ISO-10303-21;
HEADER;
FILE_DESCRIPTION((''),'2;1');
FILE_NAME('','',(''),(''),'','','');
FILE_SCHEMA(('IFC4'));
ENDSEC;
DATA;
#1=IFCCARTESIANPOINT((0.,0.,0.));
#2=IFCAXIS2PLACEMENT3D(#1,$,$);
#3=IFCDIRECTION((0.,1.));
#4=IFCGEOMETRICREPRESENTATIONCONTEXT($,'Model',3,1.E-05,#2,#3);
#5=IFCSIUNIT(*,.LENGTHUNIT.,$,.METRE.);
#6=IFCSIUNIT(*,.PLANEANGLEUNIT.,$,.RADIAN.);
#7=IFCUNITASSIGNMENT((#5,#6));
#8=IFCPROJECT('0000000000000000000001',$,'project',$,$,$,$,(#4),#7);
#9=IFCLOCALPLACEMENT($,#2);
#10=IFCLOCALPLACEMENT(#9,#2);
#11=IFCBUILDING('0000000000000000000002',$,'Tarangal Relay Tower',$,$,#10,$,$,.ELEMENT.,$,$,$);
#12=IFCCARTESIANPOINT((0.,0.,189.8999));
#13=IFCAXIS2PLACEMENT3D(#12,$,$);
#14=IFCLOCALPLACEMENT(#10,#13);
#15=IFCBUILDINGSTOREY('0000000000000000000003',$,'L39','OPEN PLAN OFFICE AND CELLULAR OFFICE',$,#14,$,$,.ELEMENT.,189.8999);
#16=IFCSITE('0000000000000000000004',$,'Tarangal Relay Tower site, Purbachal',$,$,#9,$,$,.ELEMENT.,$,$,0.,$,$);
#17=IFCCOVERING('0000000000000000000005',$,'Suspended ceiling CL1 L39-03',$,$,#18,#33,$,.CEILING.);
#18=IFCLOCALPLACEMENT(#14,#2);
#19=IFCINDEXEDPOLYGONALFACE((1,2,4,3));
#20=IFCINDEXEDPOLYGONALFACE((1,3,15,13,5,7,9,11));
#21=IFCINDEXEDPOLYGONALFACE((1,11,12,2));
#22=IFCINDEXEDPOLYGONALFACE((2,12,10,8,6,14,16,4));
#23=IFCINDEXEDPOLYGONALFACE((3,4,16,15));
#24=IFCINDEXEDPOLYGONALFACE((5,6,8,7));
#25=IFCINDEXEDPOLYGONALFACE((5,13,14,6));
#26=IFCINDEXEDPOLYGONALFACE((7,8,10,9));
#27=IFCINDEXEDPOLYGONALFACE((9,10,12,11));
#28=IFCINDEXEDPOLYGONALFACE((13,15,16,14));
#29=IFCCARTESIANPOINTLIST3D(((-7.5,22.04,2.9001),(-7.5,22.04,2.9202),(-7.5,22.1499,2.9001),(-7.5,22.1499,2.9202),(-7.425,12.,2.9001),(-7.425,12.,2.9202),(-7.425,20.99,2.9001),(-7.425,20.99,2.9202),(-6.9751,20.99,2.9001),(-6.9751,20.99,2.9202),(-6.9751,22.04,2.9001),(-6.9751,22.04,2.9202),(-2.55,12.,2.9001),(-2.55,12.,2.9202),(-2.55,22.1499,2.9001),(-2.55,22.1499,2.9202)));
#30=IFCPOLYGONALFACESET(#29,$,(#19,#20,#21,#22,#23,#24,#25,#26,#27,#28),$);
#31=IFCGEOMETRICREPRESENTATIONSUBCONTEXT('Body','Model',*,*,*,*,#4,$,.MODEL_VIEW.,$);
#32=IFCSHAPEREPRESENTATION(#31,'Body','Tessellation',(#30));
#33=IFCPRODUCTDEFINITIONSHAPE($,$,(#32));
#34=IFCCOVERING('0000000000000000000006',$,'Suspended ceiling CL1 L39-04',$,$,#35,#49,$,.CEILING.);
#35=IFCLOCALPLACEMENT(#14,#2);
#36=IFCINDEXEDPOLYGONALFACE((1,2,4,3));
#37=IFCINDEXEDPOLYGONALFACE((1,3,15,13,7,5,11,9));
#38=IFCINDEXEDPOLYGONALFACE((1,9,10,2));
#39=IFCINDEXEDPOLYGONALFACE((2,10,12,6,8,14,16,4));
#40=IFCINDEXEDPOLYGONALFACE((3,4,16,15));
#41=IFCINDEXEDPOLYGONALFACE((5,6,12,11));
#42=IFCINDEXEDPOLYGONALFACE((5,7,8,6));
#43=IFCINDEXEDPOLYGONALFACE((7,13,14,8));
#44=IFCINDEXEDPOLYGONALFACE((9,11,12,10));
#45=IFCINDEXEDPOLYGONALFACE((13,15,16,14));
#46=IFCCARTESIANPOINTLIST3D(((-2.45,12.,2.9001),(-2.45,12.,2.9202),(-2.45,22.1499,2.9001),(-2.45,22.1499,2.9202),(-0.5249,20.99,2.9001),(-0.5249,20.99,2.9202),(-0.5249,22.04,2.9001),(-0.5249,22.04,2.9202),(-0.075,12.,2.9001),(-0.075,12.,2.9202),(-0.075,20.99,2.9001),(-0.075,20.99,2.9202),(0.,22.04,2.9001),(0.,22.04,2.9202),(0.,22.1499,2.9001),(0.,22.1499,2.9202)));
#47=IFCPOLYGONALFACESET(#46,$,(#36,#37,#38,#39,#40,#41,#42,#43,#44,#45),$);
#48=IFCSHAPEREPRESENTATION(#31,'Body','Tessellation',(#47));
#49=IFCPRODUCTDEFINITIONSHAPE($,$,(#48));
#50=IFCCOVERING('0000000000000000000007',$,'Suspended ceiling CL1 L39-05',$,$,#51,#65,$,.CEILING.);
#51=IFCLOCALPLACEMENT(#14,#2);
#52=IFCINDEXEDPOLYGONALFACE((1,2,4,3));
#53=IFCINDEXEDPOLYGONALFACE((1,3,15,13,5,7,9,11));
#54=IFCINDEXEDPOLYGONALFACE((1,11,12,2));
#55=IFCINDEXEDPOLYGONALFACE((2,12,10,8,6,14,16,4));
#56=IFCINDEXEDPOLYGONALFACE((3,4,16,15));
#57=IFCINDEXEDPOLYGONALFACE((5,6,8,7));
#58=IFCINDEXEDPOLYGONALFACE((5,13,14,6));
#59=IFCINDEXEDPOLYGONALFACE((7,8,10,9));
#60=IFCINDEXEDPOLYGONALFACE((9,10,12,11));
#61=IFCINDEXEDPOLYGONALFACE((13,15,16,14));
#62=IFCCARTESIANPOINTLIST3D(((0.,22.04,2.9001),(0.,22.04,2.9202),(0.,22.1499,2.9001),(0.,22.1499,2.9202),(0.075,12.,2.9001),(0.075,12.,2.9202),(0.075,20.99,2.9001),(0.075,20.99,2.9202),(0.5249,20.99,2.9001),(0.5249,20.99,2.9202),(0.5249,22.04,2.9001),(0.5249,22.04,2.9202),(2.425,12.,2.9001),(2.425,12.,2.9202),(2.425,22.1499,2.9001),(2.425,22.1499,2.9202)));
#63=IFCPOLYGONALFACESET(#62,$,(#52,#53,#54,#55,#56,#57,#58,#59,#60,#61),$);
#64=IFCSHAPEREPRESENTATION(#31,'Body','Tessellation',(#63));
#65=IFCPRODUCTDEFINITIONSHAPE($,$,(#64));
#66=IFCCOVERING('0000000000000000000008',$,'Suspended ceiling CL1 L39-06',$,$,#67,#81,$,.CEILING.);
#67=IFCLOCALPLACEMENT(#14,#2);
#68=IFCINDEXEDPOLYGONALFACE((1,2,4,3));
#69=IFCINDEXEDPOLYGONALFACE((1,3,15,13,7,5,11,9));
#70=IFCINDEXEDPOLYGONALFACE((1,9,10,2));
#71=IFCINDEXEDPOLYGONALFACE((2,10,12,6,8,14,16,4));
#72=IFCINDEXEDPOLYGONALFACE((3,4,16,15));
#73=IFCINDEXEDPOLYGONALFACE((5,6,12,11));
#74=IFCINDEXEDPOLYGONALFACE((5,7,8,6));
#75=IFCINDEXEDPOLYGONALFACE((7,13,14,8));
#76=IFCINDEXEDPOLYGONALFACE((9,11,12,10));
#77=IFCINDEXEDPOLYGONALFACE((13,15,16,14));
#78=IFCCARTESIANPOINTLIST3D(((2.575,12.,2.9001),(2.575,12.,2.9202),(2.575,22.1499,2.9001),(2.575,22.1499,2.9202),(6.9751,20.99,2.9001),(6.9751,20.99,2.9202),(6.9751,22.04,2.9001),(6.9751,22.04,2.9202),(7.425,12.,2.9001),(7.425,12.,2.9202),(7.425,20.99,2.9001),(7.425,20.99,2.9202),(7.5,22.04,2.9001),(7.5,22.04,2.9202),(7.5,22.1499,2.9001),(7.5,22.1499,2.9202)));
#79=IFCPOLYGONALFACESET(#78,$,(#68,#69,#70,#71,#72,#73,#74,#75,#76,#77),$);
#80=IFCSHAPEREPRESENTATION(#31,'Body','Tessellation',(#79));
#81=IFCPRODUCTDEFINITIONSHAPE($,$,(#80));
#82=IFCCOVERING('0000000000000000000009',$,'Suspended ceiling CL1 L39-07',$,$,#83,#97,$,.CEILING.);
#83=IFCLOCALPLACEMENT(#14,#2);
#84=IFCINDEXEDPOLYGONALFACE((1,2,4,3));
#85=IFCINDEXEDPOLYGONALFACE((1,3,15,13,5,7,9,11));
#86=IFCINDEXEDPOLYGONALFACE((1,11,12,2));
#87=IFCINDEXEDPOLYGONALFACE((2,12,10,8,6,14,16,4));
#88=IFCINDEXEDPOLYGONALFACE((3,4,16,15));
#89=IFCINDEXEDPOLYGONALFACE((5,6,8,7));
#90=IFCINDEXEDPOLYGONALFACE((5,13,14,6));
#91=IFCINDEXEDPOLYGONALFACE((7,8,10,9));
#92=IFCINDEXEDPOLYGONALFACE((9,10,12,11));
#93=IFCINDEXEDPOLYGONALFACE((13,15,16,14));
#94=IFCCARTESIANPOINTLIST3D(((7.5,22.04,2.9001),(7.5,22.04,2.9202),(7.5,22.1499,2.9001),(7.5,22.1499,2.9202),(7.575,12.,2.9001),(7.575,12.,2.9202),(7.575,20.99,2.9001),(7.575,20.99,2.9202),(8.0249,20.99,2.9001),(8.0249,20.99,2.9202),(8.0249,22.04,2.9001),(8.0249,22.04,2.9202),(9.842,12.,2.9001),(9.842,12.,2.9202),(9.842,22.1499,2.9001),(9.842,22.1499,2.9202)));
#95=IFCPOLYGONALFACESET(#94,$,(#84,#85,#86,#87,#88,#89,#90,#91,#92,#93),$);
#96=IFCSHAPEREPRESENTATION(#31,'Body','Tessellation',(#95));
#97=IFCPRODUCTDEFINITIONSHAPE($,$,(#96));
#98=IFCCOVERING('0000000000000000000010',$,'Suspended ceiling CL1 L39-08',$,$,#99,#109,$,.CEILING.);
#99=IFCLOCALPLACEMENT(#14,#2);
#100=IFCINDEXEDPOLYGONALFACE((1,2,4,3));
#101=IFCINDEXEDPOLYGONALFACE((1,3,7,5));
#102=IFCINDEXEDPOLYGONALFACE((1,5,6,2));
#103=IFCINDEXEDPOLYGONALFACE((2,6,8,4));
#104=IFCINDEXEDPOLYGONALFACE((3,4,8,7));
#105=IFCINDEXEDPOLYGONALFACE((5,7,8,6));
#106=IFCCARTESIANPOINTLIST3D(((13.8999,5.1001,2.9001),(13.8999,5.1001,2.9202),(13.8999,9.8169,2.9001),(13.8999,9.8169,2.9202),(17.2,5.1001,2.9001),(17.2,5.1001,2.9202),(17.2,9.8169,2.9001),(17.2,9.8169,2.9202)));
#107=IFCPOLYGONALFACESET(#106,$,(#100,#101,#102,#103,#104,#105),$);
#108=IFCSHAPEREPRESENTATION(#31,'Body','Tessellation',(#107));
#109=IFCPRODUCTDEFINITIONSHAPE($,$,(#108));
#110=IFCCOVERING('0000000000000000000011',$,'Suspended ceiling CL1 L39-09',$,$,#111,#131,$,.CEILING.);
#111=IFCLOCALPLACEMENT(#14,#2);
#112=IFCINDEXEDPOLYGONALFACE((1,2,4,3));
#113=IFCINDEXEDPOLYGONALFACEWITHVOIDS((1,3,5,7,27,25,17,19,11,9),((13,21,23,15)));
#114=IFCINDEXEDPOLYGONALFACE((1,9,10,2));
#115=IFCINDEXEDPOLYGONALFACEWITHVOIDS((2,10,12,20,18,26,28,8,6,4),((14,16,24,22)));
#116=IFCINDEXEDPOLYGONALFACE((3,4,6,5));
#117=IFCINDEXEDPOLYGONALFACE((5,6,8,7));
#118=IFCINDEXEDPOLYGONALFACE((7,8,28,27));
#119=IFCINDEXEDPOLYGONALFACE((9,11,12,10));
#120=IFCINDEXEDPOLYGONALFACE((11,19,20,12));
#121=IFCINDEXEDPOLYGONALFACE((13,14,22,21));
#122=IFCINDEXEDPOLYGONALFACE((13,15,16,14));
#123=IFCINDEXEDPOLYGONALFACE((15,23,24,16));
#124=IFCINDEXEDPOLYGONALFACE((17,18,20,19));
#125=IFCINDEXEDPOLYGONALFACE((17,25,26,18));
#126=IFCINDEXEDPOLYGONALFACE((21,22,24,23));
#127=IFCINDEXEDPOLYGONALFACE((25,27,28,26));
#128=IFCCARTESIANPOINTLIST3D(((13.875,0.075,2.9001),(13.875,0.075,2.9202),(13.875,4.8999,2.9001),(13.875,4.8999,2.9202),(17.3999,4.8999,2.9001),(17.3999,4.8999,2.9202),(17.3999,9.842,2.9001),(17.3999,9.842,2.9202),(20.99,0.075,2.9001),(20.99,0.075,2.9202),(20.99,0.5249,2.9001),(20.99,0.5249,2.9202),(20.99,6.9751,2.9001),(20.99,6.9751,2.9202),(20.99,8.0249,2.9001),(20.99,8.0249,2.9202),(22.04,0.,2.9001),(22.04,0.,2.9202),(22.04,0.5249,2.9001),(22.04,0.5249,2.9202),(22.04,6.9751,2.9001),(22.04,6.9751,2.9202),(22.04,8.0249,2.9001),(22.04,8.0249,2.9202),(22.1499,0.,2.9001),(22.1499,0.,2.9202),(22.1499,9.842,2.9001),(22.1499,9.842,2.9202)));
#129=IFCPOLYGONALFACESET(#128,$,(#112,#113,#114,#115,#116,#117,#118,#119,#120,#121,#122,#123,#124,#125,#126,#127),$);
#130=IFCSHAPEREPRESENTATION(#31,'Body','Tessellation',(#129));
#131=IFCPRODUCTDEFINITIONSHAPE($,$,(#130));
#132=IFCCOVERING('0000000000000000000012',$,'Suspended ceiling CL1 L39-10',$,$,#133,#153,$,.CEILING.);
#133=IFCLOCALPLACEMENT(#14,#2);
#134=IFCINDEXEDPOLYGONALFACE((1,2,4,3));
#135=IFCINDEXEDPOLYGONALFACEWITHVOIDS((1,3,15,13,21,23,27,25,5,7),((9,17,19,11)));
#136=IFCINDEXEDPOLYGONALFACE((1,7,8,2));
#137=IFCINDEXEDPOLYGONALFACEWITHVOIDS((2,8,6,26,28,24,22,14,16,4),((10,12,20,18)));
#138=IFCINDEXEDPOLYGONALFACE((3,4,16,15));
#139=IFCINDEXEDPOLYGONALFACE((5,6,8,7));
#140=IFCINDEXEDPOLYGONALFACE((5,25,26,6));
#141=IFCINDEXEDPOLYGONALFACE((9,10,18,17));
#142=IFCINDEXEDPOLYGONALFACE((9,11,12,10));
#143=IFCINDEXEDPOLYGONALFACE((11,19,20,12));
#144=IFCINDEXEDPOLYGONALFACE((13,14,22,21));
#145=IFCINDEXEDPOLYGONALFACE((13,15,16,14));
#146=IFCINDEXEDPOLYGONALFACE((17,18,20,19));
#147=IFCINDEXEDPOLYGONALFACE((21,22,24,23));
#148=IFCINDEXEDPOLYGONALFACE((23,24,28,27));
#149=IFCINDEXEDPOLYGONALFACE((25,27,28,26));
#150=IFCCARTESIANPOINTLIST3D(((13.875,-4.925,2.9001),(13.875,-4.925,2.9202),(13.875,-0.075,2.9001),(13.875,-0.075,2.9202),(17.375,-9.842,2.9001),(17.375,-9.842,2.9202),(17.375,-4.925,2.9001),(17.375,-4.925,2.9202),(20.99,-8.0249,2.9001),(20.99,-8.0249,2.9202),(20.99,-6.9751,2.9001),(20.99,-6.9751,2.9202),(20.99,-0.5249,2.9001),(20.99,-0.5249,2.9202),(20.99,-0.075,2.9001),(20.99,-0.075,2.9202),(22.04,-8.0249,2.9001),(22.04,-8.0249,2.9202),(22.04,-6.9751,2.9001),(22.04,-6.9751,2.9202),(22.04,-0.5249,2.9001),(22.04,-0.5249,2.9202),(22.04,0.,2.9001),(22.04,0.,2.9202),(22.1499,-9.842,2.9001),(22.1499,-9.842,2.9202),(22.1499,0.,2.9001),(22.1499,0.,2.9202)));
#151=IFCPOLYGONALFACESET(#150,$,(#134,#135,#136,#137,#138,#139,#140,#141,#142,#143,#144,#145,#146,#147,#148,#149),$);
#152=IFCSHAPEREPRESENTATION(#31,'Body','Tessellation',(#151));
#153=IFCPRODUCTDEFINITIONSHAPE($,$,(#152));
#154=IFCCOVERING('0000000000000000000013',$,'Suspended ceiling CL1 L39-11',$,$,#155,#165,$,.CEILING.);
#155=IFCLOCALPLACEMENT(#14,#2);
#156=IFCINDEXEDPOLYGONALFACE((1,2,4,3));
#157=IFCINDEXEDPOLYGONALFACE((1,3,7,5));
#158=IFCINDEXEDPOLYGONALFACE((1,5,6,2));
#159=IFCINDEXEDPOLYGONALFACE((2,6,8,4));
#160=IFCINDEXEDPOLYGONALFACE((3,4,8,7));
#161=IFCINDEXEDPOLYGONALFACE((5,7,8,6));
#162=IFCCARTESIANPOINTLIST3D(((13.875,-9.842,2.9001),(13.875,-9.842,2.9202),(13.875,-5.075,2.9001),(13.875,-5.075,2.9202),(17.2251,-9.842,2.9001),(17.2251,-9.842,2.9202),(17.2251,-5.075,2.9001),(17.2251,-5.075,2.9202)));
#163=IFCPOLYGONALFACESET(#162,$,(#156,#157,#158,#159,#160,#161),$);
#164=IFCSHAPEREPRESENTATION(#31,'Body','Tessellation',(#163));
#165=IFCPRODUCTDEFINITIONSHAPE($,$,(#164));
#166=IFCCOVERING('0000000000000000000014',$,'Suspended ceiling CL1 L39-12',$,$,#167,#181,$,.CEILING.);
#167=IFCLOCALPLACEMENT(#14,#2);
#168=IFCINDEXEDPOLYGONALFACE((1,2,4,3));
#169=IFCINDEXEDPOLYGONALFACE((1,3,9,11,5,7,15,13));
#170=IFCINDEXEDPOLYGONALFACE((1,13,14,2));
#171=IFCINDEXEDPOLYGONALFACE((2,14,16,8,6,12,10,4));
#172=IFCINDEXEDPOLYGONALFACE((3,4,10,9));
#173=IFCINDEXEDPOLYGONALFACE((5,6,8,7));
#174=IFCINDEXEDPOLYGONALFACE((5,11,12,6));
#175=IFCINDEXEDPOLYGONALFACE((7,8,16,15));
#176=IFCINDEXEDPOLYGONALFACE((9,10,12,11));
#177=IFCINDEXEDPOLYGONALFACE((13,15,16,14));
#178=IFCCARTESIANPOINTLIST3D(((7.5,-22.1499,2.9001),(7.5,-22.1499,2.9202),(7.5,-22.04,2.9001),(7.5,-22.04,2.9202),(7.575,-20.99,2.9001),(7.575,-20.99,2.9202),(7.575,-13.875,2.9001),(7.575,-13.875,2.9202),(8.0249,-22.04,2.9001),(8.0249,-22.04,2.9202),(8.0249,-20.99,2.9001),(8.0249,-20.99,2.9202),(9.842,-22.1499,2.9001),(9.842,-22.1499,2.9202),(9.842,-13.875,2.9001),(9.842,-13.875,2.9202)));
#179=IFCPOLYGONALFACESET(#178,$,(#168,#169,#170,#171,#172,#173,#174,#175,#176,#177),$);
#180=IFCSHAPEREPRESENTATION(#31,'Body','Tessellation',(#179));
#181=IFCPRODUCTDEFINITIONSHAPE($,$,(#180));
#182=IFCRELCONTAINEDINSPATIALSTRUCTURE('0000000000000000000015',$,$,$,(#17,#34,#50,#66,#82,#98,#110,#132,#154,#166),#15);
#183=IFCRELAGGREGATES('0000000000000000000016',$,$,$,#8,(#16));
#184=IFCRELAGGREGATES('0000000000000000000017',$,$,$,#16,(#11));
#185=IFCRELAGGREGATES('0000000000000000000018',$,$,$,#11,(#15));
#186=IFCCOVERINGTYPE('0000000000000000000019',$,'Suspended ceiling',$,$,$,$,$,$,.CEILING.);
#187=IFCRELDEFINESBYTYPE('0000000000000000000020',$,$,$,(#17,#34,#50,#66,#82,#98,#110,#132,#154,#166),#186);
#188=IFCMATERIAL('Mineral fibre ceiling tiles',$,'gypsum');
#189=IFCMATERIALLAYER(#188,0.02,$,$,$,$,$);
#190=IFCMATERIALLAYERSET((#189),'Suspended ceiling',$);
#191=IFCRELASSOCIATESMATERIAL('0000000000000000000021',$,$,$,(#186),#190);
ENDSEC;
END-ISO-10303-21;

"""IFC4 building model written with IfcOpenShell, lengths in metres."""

from ifc_helpers import new_model, si_unit, direction, frame, origin, place, context, subcontext, project, spatial, polyline, outline, extrude, material, layer, layer_set, type_object, element, save


model = new_model("IFC4")

# Units and contexts
model_context = context("Model", 3, precision=1e-05, world=origin(), true_north=direction((0.0, 1.0)))
body_context = subcontext(model_context, "Body", "Model", "MODEL_VIEW")
ifc_project = project(units=[si_unit("LENGTHUNIT", "METRE"), si_unit("PLANEANGLEUNIT", "RADIAN")], contexts=[model_context])

# Site, building, storey
site_placement = place(None, origin())
site = spatial("IfcSite", under=ifc_project, at=site_placement, Name="Tarangal Relay Tower site, Purbachal", CompositionType="ELEMENT", RefElevation=0.0)
building_placement = place(site_placement, origin())
building = spatial("IfcBuilding", under=site, at=building_placement, Name="Tarangal Relay Tower", CompositionType="ELEMENT")
storey_placement = place(building_placement, frame((0.0, 0.0, 189.8999)))
storey = spatial("IfcBuildingStorey", under=building, at=storey_placement, Name="L39", Description="OPEN PLAN OFFICE AND CELLULAR OFFICE", CompositionType="ELEMENT", Elevation=189.8999)

# Coverings
ifc_material_1 = material(Name="Mineral fibre ceiling tiles", Category="gypsum")
ifc_layer_1 = layer(ifc_material_1, 0.02)
ifc_layer_set_1 = layer_set([ifc_layer_1], Name="Suspended ceiling")
covering_type_1 = type_object("IfcCoveringType", Name="Suspended ceiling", PredefinedType="CEILING", material=ifc_layer_set_1)
covering_1_placement = place(storey_placement, frame((0.0, 0.0, 2.9001)))
element("IfcCovering", 1, at=covering_1_placement, inside=storey, type_object=covering_type_1, Name="Suspended ceiling CL1 L39-03", PredefinedType="CEILING", context=body_context, shape_type="SweptSolid", body=[
    extrude(outline(polyline([(-7.425, 12.0), (-2.55, 12.0), (-2.55, 22.1499), (-7.5, 22.1499), (-7.5, 22.04), (-6.9751, 22.04), (-6.9751, 20.99), (-7.425, 20.99), (-7.425, 12.0)])), origin(), (0.0, 0.0, 1.0), 0.02),
])
covering_2_placement = place(storey_placement, frame((0.0, 0.0, 2.9001)))
element("IfcCovering", 2, at=covering_2_placement, inside=storey, type_object=covering_type_1, Name="Suspended ceiling CL1 L39-04", PredefinedType="CEILING", context=body_context, shape_type="SweptSolid", body=[
    extrude(outline(polyline([(-0.075, 20.99), (-0.5249, 20.99), (-0.5249, 22.04), (0.0, 22.04), (0.0, 22.1499), (-2.45, 22.1499), (-2.45, 12.0), (-0.075, 12.0), (-0.075, 20.99)])), origin(), (0.0, 0.0, 1.0), 0.02),
])
covering_3_placement = place(storey_placement, frame((0.0, 0.0, 2.9001)))
element("IfcCovering", 3, at=covering_3_placement, inside=storey, type_object=covering_type_1, Name="Suspended ceiling CL1 L39-05", PredefinedType="CEILING", context=body_context, shape_type="SweptSolid", body=[
    extrude(outline(polyline([(0.075, 12.0), (2.425, 12.0), (2.425, 22.1499), (0.0, 22.1499), (0.0, 22.04), (0.5249, 22.04), (0.5249, 20.99), (0.075, 20.99), (0.075, 12.0)])), origin(), (0.0, 0.0, 1.0), 0.02),
])
covering_4_placement = place(storey_placement, frame((0.0, 0.0, 2.9001)))
element("IfcCovering", 4, at=covering_4_placement, inside=storey, type_object=covering_type_1, Name="Suspended ceiling CL1 L39-06", PredefinedType="CEILING", context=body_context, shape_type="SweptSolid", body=[
    extrude(outline(polyline([(7.425, 20.99), (6.9751, 20.99), (6.9751, 22.04), (7.5, 22.04), (7.5, 22.1499), (2.575, 22.1499), (2.575, 12.0), (7.425, 12.0), (7.425, 20.99)])), origin(), (0.0, 0.0, 1.0), 0.02),
])
covering_5_placement = place(storey_placement, frame((0.0, 0.0, 2.9001)))
element("IfcCovering", 5, at=covering_5_placement, inside=storey, type_object=covering_type_1, Name="Suspended ceiling CL1 L39-07", PredefinedType="CEILING", context=body_context, shape_type="SweptSolid", body=[
    extrude(outline(polyline([(7.575, 12.0), (9.842, 12.0), (9.842, 22.1499), (7.5, 22.1499), (7.5, 22.04), (8.0249, 22.04), (8.0249, 20.99), (7.575, 20.99), (7.575, 12.0)])), origin(), (0.0, 0.0, 1.0), 0.02),
])
covering_6_placement = place(storey_placement, frame((0.0, 0.0, 2.9001)))
element("IfcCovering", 6, at=covering_6_placement, inside=storey, type_object=covering_type_1, Name="Suspended ceiling CL1 L39-08", PredefinedType="CEILING", context=body_context, shape_type="SweptSolid", body=[
    extrude(outline(polyline([(17.2, 9.8169), (13.8999, 9.8169), (13.8999, 5.1001), (17.2, 5.1001), (17.2, 9.8169)])), origin(), (0.0, 0.0, 1.0), 0.02),
])
covering_7_placement = place(storey_placement, frame((0.0, 0.0, 2.9001)))
element("IfcCovering", 7, at=covering_7_placement, inside=storey, type_object=covering_type_1, Name="Suspended ceiling CL1 L39-09", PredefinedType="CEILING", context=body_context, shape_type="SweptSolid", body=[
    extrude(outline(polyline([(22.1499, 0.0), (22.1499, 9.842), (17.3999, 9.842), (17.3999, 4.8999), (13.875, 4.8999), (13.875, 0.075), (20.99, 0.075), (20.99, 0.5249), (22.04, 0.5249), (22.04, 0.0), (22.1499, 0.0)]), holes=[polyline([(22.04, 6.9751), (22.04, 8.0249), (20.99, 8.0249), (20.99, 6.9751), (22.04, 6.9751)])]), origin(), (0.0, 0.0, 1.0), 0.02),
])
covering_8_placement = place(storey_placement, frame((0.0, 0.0, 2.9001)))
element("IfcCovering", 8, at=covering_8_placement, inside=storey, type_object=covering_type_1, Name="Suspended ceiling CL1 L39-10", PredefinedType="CEILING", context=body_context, shape_type="SweptSolid", body=[
    extrude(outline(polyline([(22.1499, 0.0), (22.04, 0.0), (22.04, -0.5249), (20.99, -0.5249), (20.99, -0.075), (13.875, -0.075), (13.875, -4.925), (17.375, -4.925), (17.375, -9.842), (22.1499, -9.842), (22.1499, 0.0)]), holes=[polyline([(22.04, -8.0249), (22.04, -6.9751), (20.99, -6.9751), (20.99, -8.0249), (22.04, -8.0249)])]), origin(), (0.0, 0.0, 1.0), 0.02),
])
covering_9_placement = place(storey_placement, frame((0.0, 0.0, 2.9001)))
element("IfcCovering", 9, at=covering_9_placement, inside=storey, type_object=covering_type_1, Name="Suspended ceiling CL1 L39-11", PredefinedType="CEILING", context=body_context, shape_type="SweptSolid", body=[
    extrude(outline(polyline([(13.875, -5.075), (13.875, -9.842), (17.2251, -9.842), (17.2251, -5.075), (13.875, -5.075)])), origin(), (0.0, 0.0, 1.0), 0.02),
])
covering_10_placement = place(storey_placement, frame((0.0, 0.0, 2.9001)))
element("IfcCovering", 10, at=covering_10_placement, inside=storey, type_object=covering_type_1, Name="Suspended ceiling CL1 L39-12", PredefinedType="CEILING", context=body_context, shape_type="SweptSolid", body=[
    extrude(outline(polyline([(7.5, -22.1499), (9.842, -22.1499), (9.842, -13.875), (7.575, -13.875), (7.575, -20.99), (8.0249, -20.99), (8.0249, -22.04), (7.5, -22.04), (7.5, -22.1499)])), origin(), (0.0, 0.0, 1.0), 0.02),
])

save(model, "model.ifc")
